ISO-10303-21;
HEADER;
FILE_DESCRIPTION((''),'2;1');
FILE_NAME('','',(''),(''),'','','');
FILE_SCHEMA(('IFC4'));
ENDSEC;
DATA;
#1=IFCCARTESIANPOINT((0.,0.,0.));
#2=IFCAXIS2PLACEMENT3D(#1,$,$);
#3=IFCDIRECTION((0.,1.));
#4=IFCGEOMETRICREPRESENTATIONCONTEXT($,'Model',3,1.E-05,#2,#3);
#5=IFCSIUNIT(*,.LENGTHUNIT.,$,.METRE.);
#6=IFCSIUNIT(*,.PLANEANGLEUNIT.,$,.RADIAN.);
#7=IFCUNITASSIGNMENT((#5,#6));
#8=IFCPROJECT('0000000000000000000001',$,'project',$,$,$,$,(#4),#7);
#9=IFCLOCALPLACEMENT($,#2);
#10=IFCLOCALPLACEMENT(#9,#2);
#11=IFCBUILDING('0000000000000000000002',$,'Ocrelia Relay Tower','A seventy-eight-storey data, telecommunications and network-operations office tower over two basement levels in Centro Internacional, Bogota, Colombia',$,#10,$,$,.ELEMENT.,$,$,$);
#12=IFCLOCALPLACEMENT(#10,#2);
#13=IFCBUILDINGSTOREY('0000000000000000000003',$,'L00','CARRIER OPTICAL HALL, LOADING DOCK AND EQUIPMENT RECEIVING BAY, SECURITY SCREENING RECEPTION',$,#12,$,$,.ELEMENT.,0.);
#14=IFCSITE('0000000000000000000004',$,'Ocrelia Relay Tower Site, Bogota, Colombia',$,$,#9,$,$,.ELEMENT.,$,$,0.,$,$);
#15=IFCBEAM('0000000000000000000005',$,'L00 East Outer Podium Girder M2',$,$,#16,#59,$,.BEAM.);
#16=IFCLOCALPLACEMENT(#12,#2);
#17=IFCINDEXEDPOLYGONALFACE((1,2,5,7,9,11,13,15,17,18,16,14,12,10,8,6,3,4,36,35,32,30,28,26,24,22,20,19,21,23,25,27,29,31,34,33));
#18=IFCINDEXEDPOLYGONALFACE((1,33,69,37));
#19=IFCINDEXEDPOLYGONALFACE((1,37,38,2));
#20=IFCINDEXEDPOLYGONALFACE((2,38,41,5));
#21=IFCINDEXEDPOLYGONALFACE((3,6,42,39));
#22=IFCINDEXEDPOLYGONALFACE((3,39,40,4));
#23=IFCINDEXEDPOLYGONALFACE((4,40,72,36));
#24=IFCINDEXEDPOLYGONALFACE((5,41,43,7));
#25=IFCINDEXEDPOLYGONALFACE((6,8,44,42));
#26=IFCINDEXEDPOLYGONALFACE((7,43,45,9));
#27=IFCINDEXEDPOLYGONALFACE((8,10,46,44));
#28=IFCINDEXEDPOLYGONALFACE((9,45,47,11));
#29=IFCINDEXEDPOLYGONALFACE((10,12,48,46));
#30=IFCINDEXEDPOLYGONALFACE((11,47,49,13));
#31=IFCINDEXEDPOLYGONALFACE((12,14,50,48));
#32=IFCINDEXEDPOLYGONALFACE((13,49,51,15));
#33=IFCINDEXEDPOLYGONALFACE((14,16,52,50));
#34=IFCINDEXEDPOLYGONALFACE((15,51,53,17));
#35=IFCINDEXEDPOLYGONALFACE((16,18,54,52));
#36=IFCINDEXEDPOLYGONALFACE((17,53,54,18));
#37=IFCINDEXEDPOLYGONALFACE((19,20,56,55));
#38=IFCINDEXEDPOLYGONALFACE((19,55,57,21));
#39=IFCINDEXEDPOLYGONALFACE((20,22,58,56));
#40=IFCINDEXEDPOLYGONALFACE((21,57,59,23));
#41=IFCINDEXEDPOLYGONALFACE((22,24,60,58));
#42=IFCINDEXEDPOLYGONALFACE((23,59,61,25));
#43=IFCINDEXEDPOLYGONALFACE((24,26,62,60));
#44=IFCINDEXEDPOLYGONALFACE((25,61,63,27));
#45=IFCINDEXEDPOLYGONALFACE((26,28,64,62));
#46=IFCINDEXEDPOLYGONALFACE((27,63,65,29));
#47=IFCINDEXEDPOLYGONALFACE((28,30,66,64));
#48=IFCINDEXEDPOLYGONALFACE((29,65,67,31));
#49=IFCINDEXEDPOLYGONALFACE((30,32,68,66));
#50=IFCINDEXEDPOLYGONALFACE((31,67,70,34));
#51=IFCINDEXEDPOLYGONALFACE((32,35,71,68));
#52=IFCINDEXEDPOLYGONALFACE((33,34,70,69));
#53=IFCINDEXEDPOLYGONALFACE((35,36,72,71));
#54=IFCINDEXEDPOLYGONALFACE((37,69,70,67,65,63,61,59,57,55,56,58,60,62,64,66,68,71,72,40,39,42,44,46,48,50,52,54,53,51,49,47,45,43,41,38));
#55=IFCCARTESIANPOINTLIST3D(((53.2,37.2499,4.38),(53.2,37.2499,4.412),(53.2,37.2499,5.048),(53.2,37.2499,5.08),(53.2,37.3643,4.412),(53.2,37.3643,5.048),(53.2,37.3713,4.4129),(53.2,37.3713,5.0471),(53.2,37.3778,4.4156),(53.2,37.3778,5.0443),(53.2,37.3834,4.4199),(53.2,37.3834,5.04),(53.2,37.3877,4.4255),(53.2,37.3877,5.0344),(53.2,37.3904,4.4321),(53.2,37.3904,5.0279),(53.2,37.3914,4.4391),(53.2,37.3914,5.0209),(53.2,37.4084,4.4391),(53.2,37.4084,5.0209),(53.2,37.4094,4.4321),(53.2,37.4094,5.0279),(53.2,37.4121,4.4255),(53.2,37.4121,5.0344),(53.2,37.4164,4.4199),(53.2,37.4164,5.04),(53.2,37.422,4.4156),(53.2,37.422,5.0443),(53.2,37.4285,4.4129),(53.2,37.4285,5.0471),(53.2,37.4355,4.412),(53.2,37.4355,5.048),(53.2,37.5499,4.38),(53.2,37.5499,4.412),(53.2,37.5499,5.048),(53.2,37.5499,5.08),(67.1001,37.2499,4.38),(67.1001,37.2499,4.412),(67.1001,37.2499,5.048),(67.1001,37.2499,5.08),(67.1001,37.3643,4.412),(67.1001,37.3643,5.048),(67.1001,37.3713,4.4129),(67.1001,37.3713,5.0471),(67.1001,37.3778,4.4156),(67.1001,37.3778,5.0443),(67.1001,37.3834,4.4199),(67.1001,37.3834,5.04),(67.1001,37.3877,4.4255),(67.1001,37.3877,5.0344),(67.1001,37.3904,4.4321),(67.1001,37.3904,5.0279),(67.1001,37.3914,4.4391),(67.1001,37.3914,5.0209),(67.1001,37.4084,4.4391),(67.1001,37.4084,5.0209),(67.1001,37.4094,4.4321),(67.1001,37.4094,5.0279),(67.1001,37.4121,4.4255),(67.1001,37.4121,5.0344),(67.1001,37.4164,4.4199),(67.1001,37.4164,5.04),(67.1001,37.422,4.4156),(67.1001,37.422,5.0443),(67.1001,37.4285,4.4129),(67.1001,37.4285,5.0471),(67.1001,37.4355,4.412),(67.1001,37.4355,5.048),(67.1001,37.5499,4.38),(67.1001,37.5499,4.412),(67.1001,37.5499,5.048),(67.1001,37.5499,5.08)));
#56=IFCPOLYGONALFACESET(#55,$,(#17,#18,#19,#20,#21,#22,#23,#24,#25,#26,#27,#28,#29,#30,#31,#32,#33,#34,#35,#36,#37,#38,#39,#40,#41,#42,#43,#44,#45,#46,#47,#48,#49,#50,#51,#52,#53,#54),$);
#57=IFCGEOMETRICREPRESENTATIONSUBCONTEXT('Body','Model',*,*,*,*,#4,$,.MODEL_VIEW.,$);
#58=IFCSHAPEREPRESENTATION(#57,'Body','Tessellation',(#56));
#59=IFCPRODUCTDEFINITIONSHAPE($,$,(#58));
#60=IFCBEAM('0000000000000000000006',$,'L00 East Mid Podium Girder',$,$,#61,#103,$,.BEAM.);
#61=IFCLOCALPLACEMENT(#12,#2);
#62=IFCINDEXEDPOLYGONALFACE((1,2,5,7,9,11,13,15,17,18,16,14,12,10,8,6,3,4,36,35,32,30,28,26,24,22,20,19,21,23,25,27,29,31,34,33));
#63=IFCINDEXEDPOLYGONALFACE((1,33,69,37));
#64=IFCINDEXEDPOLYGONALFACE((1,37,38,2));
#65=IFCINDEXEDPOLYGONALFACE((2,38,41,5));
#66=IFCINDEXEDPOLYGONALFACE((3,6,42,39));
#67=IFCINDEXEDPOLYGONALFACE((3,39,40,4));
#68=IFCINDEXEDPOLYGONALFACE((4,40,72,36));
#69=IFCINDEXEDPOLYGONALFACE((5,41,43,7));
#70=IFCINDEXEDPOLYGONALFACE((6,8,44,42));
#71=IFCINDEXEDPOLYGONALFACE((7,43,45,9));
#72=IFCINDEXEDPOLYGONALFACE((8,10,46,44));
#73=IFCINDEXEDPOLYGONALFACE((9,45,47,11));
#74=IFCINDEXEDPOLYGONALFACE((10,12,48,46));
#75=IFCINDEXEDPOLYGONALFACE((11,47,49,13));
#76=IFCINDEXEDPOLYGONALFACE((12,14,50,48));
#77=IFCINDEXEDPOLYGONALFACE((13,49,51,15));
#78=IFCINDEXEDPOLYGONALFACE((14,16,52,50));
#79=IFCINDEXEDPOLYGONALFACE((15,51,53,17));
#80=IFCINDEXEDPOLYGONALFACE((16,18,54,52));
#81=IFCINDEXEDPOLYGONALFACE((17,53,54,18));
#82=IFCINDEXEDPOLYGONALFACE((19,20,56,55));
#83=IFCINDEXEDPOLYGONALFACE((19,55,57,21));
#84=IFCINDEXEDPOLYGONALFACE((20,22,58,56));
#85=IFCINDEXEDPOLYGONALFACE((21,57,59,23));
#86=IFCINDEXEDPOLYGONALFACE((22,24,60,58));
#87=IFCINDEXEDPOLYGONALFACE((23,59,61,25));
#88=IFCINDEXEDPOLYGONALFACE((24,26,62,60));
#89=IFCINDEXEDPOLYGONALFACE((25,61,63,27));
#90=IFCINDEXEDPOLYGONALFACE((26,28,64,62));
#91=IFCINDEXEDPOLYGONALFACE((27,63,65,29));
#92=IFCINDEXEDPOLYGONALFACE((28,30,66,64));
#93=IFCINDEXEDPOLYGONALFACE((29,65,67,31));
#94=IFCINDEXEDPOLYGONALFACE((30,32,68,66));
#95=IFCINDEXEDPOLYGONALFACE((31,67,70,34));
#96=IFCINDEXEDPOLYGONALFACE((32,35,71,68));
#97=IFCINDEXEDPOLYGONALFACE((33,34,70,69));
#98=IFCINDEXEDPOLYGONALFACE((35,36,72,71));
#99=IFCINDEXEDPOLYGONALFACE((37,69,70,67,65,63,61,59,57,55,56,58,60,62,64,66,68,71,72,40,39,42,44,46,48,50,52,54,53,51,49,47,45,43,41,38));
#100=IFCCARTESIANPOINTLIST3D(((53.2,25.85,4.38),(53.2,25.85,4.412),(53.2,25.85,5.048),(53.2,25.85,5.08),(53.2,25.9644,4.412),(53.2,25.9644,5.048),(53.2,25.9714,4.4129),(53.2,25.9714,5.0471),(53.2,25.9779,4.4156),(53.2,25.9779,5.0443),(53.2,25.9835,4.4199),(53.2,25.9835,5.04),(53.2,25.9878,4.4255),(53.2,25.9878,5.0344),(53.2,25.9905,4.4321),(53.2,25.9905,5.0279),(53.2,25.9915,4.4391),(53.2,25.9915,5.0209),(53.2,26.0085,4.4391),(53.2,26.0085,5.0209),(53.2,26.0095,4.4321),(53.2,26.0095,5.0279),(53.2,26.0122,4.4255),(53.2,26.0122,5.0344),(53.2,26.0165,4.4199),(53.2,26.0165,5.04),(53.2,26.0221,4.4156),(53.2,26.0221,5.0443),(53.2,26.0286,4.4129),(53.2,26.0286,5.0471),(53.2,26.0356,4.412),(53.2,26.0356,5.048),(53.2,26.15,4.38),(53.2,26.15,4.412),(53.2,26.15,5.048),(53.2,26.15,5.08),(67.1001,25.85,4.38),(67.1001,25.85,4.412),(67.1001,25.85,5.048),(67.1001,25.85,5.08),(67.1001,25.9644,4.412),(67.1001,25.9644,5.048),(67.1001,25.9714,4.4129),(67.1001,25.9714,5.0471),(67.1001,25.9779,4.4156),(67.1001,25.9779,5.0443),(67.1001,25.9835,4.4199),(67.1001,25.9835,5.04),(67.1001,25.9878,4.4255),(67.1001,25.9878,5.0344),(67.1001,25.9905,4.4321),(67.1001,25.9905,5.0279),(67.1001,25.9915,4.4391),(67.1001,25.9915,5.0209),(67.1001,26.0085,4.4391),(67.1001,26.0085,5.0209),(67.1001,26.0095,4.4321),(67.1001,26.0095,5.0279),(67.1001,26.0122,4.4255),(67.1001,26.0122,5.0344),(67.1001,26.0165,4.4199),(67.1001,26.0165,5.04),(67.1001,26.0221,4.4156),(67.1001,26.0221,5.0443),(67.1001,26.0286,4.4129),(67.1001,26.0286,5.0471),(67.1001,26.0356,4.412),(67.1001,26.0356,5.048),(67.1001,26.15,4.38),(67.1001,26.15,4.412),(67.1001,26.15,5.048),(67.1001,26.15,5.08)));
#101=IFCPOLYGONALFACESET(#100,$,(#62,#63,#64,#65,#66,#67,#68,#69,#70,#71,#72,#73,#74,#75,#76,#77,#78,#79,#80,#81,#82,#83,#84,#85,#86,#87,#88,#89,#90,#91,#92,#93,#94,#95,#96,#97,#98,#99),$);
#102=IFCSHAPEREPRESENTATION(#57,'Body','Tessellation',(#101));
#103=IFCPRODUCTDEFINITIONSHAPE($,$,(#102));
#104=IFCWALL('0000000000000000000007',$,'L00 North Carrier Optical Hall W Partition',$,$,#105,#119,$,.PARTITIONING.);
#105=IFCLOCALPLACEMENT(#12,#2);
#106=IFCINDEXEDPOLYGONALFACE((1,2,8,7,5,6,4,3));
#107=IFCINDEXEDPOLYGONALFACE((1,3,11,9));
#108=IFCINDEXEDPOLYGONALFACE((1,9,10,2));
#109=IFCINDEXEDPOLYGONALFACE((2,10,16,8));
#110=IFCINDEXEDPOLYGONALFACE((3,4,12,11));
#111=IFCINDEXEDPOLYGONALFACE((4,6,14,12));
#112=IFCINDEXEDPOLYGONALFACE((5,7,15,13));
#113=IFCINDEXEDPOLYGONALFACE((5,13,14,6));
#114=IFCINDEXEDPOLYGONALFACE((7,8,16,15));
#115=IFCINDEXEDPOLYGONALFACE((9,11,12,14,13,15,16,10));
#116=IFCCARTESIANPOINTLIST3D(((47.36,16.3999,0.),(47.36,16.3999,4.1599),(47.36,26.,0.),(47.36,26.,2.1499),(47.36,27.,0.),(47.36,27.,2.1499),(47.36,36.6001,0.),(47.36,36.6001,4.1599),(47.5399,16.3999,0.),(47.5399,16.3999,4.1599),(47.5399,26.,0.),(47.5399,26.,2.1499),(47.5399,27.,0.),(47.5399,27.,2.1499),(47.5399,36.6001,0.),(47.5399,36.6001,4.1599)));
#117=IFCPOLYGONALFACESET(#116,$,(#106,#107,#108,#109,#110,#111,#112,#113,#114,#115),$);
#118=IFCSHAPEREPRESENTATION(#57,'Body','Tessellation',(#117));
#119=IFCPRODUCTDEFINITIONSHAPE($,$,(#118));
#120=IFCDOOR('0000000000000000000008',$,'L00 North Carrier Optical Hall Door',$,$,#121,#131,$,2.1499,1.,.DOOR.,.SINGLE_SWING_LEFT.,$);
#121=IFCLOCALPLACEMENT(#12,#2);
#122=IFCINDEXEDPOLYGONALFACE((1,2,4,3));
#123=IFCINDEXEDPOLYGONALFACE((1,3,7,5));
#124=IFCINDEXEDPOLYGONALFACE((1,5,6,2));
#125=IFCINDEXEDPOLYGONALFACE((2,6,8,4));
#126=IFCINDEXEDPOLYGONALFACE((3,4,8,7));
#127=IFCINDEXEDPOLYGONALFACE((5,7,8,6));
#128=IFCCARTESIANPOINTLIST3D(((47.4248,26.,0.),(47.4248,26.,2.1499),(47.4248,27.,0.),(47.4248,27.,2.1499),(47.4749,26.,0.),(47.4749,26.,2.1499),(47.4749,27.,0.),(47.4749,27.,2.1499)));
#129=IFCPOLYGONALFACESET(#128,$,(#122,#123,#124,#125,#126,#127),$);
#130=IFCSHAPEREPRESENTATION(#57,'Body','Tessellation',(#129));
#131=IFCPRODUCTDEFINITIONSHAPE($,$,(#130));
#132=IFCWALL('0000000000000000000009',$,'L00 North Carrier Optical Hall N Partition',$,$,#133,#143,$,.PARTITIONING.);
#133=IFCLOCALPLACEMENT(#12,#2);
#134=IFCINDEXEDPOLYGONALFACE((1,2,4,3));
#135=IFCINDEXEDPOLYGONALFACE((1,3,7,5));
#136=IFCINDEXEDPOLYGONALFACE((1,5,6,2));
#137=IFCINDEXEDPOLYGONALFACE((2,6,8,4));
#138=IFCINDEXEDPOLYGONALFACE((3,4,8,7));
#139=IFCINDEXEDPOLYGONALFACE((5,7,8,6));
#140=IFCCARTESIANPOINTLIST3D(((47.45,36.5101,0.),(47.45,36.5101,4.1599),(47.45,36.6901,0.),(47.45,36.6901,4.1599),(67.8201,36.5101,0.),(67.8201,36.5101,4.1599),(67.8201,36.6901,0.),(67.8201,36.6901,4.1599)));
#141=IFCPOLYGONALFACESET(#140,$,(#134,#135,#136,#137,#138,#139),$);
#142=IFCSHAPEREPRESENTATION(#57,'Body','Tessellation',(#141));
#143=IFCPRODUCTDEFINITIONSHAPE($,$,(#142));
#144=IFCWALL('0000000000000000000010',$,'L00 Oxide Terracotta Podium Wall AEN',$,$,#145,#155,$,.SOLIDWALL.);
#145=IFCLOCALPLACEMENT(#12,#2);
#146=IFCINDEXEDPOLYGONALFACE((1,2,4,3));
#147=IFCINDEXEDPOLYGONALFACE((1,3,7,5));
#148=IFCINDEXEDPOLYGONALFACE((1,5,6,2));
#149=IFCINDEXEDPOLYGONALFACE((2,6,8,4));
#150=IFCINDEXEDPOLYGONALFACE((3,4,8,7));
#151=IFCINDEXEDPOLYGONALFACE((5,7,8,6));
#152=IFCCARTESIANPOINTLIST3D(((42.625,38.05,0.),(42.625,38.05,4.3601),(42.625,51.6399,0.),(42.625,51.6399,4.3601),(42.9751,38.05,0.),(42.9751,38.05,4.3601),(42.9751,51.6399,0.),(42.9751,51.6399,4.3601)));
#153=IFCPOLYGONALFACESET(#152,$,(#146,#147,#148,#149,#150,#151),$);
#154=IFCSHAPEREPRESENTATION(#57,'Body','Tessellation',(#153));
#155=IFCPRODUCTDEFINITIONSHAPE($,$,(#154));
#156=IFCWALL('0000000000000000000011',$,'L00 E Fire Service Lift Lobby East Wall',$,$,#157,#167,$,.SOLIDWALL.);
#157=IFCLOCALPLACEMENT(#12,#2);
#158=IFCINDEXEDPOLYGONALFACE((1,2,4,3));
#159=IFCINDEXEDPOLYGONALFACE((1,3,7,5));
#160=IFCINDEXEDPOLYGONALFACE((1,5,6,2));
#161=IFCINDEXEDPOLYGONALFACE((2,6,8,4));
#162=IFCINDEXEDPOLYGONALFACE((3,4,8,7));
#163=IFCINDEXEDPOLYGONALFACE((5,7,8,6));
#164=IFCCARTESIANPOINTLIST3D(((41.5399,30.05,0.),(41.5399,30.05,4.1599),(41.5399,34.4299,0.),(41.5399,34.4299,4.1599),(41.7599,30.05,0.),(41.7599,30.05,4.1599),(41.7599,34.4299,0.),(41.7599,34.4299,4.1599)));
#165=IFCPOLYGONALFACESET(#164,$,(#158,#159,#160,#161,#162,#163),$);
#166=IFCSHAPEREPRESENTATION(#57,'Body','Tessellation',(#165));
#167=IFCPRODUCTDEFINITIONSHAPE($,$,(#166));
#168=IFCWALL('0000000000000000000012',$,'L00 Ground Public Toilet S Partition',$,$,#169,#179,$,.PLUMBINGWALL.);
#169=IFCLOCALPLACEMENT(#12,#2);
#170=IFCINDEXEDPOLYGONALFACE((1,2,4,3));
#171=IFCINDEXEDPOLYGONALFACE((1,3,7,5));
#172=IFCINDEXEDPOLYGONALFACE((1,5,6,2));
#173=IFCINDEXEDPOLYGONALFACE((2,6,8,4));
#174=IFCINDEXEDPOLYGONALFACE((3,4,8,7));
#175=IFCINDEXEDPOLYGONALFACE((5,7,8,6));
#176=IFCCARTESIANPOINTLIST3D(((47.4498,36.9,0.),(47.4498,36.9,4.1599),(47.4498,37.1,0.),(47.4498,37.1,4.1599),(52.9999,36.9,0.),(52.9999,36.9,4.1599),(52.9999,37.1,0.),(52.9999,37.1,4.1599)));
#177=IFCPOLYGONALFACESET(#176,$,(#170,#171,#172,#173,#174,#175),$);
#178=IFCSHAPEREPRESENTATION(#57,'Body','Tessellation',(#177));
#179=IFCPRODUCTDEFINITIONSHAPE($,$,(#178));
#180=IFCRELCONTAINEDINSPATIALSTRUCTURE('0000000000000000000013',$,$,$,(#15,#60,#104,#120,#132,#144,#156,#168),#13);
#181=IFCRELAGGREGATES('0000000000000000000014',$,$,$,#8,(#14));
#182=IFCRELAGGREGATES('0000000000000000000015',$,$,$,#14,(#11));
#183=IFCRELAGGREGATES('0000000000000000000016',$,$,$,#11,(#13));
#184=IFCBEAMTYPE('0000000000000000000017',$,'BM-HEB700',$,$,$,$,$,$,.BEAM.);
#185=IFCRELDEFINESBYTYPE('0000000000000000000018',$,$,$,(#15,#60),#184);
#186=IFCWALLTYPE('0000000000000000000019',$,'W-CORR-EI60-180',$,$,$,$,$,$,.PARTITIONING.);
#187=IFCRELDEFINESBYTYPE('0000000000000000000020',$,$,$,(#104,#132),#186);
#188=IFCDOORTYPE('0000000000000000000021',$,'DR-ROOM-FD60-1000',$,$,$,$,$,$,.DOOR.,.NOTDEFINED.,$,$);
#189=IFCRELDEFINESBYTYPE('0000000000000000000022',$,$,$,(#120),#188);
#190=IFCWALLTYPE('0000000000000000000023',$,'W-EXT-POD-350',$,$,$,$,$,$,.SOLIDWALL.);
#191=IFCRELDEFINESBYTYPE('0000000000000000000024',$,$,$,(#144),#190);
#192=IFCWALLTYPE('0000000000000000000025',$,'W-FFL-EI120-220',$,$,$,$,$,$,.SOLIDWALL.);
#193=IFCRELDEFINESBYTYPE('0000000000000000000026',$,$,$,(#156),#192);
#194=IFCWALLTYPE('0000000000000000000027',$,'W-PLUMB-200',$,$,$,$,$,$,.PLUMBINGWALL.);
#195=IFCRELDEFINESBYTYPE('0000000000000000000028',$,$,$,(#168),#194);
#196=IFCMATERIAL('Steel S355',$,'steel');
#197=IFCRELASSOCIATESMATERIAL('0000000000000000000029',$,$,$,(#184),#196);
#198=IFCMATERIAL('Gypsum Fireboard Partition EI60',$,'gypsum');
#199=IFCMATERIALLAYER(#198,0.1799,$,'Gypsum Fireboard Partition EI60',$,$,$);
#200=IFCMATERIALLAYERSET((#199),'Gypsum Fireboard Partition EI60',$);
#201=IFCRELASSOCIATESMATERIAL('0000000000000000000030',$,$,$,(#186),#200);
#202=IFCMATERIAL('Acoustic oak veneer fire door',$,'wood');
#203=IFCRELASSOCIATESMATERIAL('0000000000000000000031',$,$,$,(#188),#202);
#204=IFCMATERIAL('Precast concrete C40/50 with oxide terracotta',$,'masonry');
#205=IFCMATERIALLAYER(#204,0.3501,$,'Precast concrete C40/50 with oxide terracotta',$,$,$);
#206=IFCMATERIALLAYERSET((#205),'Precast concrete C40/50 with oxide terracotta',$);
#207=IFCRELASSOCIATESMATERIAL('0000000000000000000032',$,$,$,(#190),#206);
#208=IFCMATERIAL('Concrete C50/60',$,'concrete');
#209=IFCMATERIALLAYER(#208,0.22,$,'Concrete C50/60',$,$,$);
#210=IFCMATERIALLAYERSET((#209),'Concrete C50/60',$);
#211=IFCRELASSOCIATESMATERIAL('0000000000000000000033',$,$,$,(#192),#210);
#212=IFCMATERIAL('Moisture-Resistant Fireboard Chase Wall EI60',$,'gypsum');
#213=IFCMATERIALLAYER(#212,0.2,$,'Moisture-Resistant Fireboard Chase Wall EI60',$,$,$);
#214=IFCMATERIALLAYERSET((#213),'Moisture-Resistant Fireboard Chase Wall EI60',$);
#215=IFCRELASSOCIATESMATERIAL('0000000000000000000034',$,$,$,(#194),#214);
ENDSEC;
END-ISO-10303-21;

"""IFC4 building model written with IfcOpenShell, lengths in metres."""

from ifc_helpers import new_model, si_unit, direction, frame, frame_2d, origin, origin_2d, place, context, subcontext, project, spatial, rectangle, i_section, extrude, material, layer, layer_set, material_profile, profile_set, type_object, element, fill, save


model = new_model("IFC4")

# Units and contexts
model_context = context("Model", 3, precision=1e-05, world=origin(), true_north=direction((0.0, 1.0)))
body_context = subcontext(model_context, "Body", "Model", "MODEL_VIEW")
ifc_project = project(units=[si_unit("LENGTHUNIT", "METRE"), si_unit("PLANEANGLEUNIT", "RADIAN")], contexts=[model_context])

# Site, building, storey
site_placement = place(None, origin())
site = spatial("IfcSite", under=ifc_project, at=site_placement, Name="Ocrelia Relay Tower Site, Bogota, Colombia", CompositionType="ELEMENT", RefElevation=0.0)
building_placement = place(site_placement, origin())
building = spatial("IfcBuilding", under=site, at=building_placement, Name="Ocrelia Relay Tower", Description="A seventy-eight-storey data, telecommunications and network-operations office tower over two basement levels in Centro Internacional, Bogota, Colombia", CompositionType="ELEMENT")
storey_placement = place(building_placement, origin())
storey = spatial("IfcBuildingStorey", under=building, at=storey_placement, Name="L00", Description="CARRIER OPTICAL HALL, LOADING DOCK AND EQUIPMENT RECEIVING BAY, SECURITY SCREENING RECEPTION", CompositionType="ELEMENT", Elevation=0.0)

# Beams
ifc_material_1 = material(Name="Steel S355", Category="steel")
ifc_material_profile_1 = material_profile(ifc_material_1, i_section(OverallWidth=0.3, OverallDepth=0.7, WebThickness=0.0171, FlangeThickness=0.032, FilletRadius=0.0271, at=origin_2d()), Name="HEB 700")
ifc_profile_set_1 = profile_set([ifc_material_profile_1], Name="Steel S355")
beam_type_1 = type_object("IfcBeamType", Name="BM-HEB700", PredefinedType="BEAM", material=ifc_profile_set_1)
for number, where, z_axis, x_axis, name in (
    (1, (53.2, 37.3999, 4.73), (1.0, 0.0, 0.0), (0.0, 1.0, 0.0), "L00 East Outer Podium Girder M2"),
    (2, (53.2, 26.0, 4.73), (1.0, 0.0, 0.0), (0.0, 1.0, 0.0), "L00 East Mid Podium Girder"),
):
    element("IfcBeam", number, at=place(storey_placement, frame(where, z_axis=z_axis, x_axis=x_axis)), inside=storey, type_object=beam_type_1, Name=name, PredefinedType="BEAM", context=body_context, shape_type="SweptSolid", body=[
        extrude(i_section(OverallWidth=0.3, OverallDepth=0.7, WebThickness=0.0171, FlangeThickness=0.032, FilletRadius=0.0271, at=origin_2d()), origin(), (0.0, 0.0, 1.0), 13.9001),
    ])

# Wall, opening, door
ifc_material_2 = material(Name="Gypsum Fireboard Partition EI60", Category="gypsum")
ifc_layer_1 = layer(ifc_material_2, 0.1799, Name="Gypsum Fireboard Partition EI60")
ifc_layer_set_1 = layer_set([ifc_layer_1], Name="Gypsum Fireboard Partition EI60")
wall_type_1 = type_object("IfcWallType", Name="W-CORR-EI60-180", PredefinedType="PARTITIONING", material=ifc_layer_set_1)
wall_1_placement = place(storey_placement, frame((47.45, 36.6001, 0.0), z_axis=(0.0, 0.0, 1.0), x_axis=(0.0, -1.0, 0.0)))
wall_1 = element("IfcWall", 3, at=wall_1_placement, inside=storey, type_object=wall_type_1, Name="L00 North Carrier Optical Hall W Partition", PredefinedType="PARTITIONING", context=body_context, shape_type="SweptSolid", body=[
    extrude(rectangle(XDim=20.2002, YDim=0.1799, at=frame_2d((10.1001, 0.0))), origin(), (0.0, 0.0, 1.0), 4.1599),
])
opening_placement = place(wall_1_placement, frame((9.6001, 0.0, 0.0)))
opening = element("IfcOpeningElement", 4, at=opening_placement, cuts=wall_1, PredefinedType="OPENING", context=body_context, shape_type="SweptSolid", body=[
    extrude(rectangle(XDim=1.0, YDim=2.1499, at=frame_2d((0.5, 1.075))), frame((0.0, 0.1001, 0.0), z_axis=(0.0, -1.0, 0.0), x_axis=(1.0, 0.0, 0.0)), (0.0, 0.0, 1.0), 0.2),
])
ifc_material_3 = material(Name="Acoustic oak veneer fire door", Category="wood")
door_type = type_object("IfcDoorType", Name="DR-ROOM-FD60-1000", OperationType="NOTDEFINED", PredefinedType="DOOR", material=ifc_material_3)
door_placement = place(opening_placement, origin())
door = element("IfcDoor", 5, at=door_placement, inside=storey, type_object=door_type, Name="L00 North Carrier Optical Hall Door", OperationType="SINGLE_SWING_LEFT", OverallHeight=2.1499, OverallWidth=1.0, PredefinedType="DOOR", context=body_context, shape_type="SweptSolid", body=[
    extrude(rectangle(XDim=1.0, YDim=2.1499, at=frame_2d((0.5, 1.075))), frame((0.0, 0.0249, 0.0), z_axis=(0.0, -1.0, 0.0), x_axis=(1.0, 0.0, 0.0)), (0.0, 0.0, 1.0), 0.05),
])
fill(opening, door)

# Walls
wall_2_placement = place(storey_placement, frame((67.8201, 36.6001, 0.0), z_axis=(0.0, 0.0, 1.0), x_axis=(-1.0, 0.0, 0.0)))
element("IfcWall", 6, at=wall_2_placement, inside=storey, type_object=wall_type_1, Name="L00 North Carrier Optical Hall N Partition", PredefinedType="PARTITIONING", context=body_context, shape_type="SweptSolid", body=[
    extrude(rectangle(XDim=20.3701, YDim=0.1799, at=frame_2d((10.1851, 0.0))), origin(), (0.0, 0.0, 1.0), 4.1599),
])
ifc_material_4 = material(Name="Precast concrete C40/50 with oxide terracotta", Category="masonry")
ifc_layer_2 = layer(ifc_material_4, 0.3501, Name="Precast concrete C40/50 with oxide terracotta")
ifc_layer_set_2 = layer_set([ifc_layer_2], Name="Precast concrete C40/50 with oxide terracotta")
wall_type_2 = type_object("IfcWallType", Name="W-EXT-POD-350", PredefinedType="SOLIDWALL", material=ifc_layer_set_2)
wall_3_placement = place(storey_placement, frame((42.8, 38.05, 0.0), z_axis=(0.0, 0.0, 1.0), x_axis=(0.0, 1.0, 0.0)))
element("IfcWall", 7, at=wall_3_placement, inside=storey, type_object=wall_type_2, Name="L00 Oxide Terracotta Podium Wall AEN", PredefinedType="SOLIDWALL", context=body_context, shape_type="SweptSolid", body=[
    extrude(rectangle(XDim=13.5898, YDim=0.3501, at=frame_2d((6.7949, 0.0))), origin(), (0.0, 0.0, 1.0), 4.3601),
])
ifc_material_5 = material(Name="Concrete C50/60", Category="concrete")
ifc_layer_3 = layer(ifc_material_5, 0.22, Name="Concrete C50/60")
ifc_layer_set_3 = layer_set([ifc_layer_3], Name="Concrete C50/60")
wall_type_3 = type_object("IfcWallType", Name="W-FFL-EI120-220", PredefinedType="SOLIDWALL", material=ifc_layer_set_3)
wall_4_placement = place(storey_placement, frame((41.6499, 30.05, 0.0), z_axis=(0.0, 0.0, 1.0), x_axis=(0.0, 1.0, 0.0)))
element("IfcWall", 8, at=wall_4_placement, inside=storey, type_object=wall_type_3, Name="L00 E Fire Service Lift Lobby East Wall", PredefinedType="SOLIDWALL", context=body_context, shape_type="SweptSolid", body=[
    extrude(rectangle(XDim=4.3799, YDim=0.22, at=frame_2d((2.1899, 0.0))), origin(), (0.0, 0.0, 1.0), 4.1599),
])
ifc_material_6 = material(Name="Moisture-Resistant Fireboard Chase Wall EI60", Category="gypsum")
ifc_layer_4 = layer(ifc_material_6, 0.2, Name="Moisture-Resistant Fireboard Chase Wall EI60")
ifc_layer_set_4 = layer_set([ifc_layer_4], Name="Moisture-Resistant Fireboard Chase Wall EI60")
wall_type_4 = type_object("IfcWallType", Name="W-PLUMB-200", PredefinedType="PLUMBINGWALL", material=ifc_layer_set_4)
wall_5_placement = place(storey_placement, frame((47.45, 37.0, 0.0), z_axis=(0.0, 0.0, 1.0), x_axis=(1.0, 0.0, 0.0)))
element("IfcWall", 9, at=wall_5_placement, inside=storey, type_object=wall_type_4, Name="L00 Ground Public Toilet S Partition", PredefinedType="PLUMBINGWALL", context=body_context, shape_type="SweptSolid", body=[
    extrude(rectangle(XDim=5.55, YDim=0.2, at=frame_2d((2.7749, 0.0))), origin(), (0.0, 0.0, 1.0), 4.1599),
])

save(model, "model.ifc")
